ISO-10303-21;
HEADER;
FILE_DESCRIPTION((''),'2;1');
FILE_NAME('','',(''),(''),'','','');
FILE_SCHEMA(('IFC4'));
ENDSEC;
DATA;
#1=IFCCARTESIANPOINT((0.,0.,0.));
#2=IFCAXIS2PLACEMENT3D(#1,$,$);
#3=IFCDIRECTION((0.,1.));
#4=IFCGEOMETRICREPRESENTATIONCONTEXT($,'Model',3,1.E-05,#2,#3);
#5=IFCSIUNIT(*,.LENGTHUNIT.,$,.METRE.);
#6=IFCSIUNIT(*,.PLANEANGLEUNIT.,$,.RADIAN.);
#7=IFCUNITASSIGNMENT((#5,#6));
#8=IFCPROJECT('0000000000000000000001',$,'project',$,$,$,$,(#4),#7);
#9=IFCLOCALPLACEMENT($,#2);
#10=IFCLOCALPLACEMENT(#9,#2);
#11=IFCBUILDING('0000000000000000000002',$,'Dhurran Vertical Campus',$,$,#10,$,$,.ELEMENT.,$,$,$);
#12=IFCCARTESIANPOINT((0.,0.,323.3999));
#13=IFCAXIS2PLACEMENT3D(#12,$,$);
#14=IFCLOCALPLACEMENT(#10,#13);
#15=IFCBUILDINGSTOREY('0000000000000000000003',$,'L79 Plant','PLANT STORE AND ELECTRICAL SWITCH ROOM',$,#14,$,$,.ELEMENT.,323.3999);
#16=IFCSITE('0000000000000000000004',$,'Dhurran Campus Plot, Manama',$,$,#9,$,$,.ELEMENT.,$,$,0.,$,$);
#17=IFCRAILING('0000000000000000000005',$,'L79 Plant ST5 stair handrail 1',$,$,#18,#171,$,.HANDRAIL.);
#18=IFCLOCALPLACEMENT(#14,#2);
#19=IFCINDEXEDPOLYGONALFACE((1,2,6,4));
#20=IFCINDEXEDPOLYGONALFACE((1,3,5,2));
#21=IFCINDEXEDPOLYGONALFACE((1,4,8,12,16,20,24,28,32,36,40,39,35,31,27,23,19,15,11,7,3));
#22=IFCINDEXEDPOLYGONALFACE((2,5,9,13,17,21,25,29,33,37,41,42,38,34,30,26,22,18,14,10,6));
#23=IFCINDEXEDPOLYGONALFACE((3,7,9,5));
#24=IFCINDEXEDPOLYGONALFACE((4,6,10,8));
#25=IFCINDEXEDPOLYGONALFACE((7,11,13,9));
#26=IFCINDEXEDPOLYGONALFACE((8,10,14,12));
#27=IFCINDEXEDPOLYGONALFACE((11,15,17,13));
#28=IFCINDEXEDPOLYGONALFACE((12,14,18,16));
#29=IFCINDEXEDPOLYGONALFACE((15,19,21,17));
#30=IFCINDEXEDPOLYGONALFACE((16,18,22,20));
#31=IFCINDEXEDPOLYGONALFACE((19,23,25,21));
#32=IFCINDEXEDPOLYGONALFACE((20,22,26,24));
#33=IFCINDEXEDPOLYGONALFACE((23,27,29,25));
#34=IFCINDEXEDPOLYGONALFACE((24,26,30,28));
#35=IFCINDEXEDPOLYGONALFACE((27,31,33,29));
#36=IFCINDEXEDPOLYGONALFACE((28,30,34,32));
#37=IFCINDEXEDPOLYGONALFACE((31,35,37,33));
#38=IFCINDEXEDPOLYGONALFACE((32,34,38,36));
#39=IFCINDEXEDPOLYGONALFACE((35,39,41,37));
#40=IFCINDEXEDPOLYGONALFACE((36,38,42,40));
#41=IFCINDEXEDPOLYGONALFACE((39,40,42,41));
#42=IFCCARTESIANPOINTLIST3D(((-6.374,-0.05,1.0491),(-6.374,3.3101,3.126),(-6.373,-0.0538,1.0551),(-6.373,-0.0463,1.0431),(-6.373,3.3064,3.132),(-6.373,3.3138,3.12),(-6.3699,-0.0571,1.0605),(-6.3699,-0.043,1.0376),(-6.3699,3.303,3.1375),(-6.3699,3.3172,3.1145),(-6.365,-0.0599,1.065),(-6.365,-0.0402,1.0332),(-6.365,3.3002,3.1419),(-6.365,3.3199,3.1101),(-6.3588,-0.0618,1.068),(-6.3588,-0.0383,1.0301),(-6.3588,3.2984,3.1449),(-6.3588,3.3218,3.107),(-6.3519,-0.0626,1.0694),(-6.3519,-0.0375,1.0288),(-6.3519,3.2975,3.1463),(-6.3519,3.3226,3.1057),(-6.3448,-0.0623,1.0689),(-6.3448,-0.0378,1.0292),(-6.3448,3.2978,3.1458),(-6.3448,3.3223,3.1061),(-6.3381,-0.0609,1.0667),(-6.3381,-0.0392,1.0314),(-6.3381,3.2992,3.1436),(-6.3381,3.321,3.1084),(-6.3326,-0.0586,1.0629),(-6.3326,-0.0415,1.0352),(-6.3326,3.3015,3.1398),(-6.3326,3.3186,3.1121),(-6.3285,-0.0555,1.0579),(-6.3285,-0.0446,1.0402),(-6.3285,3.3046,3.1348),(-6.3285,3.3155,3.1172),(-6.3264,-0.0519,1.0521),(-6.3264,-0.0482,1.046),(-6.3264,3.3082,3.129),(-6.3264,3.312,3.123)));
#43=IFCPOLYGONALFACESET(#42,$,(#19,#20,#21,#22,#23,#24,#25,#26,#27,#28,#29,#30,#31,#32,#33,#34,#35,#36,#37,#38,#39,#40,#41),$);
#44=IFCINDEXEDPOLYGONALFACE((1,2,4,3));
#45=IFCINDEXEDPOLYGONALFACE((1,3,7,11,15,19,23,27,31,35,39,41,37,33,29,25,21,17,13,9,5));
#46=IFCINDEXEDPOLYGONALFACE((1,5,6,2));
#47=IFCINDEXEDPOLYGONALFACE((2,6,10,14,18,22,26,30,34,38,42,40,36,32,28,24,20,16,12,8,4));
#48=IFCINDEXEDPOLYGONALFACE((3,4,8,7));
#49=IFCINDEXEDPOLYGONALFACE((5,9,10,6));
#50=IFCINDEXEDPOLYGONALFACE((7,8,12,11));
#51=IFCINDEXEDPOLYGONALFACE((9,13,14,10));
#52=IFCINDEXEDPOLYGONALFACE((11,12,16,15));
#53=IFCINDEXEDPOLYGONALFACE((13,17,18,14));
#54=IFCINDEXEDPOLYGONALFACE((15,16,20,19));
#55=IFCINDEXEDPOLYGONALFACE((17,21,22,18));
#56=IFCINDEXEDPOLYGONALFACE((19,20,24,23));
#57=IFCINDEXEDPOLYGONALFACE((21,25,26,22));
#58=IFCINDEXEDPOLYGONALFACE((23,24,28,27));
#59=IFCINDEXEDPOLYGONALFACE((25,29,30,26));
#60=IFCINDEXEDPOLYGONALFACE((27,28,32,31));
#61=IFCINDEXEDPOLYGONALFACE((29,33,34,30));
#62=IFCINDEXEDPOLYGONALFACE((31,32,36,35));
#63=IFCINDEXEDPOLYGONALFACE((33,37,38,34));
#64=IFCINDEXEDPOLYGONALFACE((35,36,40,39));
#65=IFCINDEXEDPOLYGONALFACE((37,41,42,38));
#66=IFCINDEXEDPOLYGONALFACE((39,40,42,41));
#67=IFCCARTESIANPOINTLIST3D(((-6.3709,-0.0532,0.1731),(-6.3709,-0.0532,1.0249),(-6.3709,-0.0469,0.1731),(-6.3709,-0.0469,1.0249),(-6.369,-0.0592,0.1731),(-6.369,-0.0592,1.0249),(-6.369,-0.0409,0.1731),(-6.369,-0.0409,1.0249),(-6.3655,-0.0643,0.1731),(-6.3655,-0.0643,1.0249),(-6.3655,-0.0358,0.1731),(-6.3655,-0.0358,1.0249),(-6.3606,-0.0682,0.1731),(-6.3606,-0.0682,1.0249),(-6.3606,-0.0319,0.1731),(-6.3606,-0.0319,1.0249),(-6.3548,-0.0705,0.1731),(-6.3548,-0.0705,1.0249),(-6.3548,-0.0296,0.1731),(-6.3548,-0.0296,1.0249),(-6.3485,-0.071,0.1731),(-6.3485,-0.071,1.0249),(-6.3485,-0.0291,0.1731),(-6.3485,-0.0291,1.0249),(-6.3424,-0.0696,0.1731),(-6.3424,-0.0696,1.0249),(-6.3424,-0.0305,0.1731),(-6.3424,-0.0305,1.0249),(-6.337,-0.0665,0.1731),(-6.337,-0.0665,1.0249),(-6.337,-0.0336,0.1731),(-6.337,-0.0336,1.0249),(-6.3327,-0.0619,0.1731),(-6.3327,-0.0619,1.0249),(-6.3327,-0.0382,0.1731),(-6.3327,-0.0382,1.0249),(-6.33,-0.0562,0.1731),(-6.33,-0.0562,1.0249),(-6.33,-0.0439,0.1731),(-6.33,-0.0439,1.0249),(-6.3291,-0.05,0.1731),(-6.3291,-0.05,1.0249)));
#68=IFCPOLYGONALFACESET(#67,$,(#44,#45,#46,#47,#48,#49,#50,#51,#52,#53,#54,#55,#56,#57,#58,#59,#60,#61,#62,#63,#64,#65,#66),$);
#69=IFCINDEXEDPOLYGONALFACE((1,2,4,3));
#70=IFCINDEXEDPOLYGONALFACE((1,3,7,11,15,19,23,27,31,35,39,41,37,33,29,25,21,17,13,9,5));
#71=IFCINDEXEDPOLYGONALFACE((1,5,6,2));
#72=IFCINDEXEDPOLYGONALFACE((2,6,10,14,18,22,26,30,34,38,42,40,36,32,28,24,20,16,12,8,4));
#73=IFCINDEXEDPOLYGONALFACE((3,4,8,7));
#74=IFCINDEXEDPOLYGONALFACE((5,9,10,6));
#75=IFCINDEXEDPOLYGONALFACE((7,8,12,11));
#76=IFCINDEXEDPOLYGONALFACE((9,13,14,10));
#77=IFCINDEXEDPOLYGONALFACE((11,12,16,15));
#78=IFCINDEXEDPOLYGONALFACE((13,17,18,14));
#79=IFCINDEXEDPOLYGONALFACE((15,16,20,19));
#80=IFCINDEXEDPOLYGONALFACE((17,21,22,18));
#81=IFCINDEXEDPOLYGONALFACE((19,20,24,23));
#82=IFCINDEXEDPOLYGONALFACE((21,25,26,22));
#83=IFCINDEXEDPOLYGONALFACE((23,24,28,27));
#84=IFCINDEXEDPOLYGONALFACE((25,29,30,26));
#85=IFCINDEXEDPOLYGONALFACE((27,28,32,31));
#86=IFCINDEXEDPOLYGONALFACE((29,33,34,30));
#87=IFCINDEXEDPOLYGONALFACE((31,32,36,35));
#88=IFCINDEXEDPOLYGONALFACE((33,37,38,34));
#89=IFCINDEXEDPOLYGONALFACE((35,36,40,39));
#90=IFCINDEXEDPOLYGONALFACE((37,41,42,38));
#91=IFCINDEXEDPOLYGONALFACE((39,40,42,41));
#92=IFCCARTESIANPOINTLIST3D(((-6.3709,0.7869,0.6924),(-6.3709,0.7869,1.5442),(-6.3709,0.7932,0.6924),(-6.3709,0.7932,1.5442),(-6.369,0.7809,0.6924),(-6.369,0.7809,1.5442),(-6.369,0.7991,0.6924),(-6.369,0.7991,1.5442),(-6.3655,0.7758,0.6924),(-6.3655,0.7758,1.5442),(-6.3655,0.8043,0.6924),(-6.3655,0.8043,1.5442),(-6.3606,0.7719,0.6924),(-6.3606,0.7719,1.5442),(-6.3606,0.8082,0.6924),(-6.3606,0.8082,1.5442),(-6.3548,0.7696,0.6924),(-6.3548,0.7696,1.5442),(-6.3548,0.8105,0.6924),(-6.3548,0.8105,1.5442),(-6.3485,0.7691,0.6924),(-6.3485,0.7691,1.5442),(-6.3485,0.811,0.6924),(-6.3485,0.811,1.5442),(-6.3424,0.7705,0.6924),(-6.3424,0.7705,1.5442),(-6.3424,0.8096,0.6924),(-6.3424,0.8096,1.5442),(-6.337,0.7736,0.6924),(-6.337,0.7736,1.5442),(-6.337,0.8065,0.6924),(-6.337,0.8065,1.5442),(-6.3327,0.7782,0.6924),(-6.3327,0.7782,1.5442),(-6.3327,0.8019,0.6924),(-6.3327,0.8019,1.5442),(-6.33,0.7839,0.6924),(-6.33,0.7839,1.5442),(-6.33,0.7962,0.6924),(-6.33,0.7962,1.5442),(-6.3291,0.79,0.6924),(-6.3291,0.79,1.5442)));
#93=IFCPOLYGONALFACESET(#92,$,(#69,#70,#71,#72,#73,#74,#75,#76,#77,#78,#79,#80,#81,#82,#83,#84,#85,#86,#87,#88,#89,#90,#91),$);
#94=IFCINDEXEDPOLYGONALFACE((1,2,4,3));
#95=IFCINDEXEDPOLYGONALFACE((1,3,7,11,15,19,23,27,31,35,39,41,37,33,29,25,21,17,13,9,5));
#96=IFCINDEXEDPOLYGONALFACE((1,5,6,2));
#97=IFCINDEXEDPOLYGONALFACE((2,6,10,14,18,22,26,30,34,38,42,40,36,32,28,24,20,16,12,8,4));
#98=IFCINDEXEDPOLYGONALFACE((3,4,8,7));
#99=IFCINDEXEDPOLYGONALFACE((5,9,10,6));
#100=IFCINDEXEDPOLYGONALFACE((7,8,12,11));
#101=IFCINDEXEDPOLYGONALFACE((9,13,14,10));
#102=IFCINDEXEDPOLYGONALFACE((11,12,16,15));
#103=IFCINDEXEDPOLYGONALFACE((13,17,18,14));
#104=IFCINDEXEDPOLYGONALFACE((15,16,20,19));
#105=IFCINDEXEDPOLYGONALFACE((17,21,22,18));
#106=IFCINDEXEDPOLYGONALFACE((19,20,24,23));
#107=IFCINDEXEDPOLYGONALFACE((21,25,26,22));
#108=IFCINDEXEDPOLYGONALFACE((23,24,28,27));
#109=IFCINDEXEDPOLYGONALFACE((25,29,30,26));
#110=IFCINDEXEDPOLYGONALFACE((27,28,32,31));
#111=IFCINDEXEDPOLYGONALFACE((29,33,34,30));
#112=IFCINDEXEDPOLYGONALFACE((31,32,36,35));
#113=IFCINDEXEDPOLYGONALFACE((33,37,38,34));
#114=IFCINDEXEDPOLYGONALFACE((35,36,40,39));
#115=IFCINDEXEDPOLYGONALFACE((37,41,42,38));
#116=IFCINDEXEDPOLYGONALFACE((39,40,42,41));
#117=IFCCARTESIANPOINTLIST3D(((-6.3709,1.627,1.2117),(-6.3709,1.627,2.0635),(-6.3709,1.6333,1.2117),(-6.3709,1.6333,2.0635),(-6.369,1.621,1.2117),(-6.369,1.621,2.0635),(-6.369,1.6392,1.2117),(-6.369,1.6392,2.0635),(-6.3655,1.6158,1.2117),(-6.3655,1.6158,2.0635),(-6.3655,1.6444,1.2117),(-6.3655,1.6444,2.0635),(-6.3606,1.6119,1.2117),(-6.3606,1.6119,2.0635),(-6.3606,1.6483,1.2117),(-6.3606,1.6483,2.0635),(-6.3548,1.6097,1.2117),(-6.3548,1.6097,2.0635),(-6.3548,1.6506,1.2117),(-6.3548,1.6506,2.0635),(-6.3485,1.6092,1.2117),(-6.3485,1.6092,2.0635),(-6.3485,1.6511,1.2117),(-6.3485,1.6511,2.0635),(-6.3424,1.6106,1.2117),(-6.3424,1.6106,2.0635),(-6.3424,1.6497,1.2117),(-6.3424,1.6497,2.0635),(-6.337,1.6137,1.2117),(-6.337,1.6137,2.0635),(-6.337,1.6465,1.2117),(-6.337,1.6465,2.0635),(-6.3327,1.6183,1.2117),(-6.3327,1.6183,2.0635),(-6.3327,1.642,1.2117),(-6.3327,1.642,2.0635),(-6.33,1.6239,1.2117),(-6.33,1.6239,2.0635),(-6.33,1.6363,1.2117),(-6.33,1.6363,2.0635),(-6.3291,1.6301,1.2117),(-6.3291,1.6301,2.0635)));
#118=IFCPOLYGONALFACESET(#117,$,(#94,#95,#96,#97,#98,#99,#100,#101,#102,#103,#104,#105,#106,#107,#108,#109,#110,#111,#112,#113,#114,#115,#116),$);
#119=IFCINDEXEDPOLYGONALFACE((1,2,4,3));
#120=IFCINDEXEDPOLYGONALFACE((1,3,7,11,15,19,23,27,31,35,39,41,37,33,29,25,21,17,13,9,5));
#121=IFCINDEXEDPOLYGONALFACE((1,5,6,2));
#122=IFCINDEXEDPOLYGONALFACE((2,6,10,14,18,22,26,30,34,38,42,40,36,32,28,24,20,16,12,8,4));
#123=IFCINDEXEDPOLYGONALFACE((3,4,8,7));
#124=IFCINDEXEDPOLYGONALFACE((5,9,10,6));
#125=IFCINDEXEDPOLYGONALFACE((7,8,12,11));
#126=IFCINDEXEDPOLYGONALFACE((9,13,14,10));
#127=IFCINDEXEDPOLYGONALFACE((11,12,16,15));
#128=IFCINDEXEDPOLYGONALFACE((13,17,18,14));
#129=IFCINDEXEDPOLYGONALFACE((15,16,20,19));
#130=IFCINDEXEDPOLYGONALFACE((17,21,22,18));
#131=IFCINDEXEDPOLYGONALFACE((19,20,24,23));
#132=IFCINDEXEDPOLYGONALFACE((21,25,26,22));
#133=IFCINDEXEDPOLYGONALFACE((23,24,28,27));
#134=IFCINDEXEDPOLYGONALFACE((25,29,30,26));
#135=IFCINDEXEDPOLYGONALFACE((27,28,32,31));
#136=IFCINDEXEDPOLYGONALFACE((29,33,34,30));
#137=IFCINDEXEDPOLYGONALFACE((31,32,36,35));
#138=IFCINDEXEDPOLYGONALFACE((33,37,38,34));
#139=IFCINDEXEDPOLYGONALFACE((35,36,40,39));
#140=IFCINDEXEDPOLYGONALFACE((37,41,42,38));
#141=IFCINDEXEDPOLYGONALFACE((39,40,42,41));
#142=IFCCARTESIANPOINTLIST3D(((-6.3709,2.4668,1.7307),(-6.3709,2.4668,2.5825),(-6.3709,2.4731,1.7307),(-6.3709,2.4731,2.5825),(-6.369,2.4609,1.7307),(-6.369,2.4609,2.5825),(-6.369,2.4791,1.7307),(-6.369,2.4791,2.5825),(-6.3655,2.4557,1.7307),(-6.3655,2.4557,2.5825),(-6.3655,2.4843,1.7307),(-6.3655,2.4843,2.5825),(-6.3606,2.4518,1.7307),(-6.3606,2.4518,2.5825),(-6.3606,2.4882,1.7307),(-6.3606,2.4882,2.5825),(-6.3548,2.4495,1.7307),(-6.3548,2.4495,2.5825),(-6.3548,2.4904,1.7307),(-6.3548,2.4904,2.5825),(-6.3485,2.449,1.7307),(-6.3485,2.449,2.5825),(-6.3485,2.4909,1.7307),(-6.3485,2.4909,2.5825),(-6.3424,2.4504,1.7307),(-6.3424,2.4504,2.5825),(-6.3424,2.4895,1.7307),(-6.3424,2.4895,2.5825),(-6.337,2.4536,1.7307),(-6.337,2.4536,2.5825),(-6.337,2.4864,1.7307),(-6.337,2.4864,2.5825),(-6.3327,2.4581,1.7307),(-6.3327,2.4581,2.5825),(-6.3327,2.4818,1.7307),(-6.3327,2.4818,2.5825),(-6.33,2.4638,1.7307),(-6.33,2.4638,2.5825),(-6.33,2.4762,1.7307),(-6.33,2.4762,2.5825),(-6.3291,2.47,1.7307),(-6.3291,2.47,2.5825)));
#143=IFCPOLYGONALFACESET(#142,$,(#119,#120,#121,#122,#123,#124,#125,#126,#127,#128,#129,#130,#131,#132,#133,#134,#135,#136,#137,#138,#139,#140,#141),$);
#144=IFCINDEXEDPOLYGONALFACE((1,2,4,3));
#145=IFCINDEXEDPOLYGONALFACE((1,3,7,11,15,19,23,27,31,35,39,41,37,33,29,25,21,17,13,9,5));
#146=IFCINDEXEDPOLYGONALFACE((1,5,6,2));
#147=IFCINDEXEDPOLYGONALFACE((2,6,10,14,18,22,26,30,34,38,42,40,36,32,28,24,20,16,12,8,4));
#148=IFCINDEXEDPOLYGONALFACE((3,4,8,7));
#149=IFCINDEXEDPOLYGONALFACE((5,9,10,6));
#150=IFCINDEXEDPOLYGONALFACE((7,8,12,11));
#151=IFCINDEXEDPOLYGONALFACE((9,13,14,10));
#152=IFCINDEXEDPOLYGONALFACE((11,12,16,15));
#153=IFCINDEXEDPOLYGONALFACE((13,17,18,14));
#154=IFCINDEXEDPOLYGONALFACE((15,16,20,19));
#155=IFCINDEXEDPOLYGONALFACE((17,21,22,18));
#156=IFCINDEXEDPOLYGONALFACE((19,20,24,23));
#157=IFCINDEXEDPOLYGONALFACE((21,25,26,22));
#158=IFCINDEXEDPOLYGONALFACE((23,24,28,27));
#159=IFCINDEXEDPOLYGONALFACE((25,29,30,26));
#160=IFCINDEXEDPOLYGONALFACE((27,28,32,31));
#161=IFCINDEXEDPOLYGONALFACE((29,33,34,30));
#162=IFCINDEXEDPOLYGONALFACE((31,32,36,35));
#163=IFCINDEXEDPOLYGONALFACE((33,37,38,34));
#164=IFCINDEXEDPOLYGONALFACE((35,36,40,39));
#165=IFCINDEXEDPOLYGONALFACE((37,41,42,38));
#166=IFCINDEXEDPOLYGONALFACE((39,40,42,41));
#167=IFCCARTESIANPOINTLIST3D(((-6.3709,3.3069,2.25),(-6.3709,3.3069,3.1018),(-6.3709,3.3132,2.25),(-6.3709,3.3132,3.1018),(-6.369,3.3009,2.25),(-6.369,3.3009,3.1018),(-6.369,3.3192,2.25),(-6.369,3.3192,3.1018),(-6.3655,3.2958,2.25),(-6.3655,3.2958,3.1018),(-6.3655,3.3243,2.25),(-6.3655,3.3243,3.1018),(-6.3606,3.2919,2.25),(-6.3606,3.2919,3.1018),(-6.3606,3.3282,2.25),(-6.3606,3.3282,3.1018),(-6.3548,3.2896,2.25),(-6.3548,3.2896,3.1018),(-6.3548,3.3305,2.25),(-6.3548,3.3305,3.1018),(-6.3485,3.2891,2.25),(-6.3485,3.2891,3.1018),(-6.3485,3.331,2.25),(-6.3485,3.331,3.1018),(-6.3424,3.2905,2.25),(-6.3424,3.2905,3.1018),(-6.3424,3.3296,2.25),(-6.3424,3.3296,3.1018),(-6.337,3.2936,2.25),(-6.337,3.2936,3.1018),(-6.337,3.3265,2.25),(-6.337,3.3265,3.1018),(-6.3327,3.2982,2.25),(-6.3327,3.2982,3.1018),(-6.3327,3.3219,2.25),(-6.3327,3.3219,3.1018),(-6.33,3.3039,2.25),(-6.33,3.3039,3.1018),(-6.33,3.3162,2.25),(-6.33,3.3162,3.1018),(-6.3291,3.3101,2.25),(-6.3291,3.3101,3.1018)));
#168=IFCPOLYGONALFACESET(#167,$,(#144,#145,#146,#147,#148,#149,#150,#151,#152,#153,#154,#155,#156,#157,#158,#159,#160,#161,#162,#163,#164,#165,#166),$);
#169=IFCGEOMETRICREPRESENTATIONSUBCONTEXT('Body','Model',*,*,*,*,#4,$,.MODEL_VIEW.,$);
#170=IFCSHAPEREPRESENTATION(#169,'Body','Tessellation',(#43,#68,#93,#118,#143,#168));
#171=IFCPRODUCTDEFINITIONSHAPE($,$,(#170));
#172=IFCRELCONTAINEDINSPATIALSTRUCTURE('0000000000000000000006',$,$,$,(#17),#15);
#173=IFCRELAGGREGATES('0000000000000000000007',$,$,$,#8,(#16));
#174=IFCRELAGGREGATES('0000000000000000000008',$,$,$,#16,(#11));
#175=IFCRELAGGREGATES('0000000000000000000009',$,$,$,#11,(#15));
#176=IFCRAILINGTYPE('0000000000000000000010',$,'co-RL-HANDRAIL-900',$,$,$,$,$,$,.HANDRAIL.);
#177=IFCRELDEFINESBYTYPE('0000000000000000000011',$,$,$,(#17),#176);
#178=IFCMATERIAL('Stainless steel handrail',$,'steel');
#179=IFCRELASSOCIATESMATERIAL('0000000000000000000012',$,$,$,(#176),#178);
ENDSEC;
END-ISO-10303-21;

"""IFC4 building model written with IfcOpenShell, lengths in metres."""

from ifc_helpers import new_model, si_unit, direction, frame, origin, origin_2d, place, context, subcontext, project, spatial, circle, extrude, material, type_object, element, save


model = new_model("IFC4")

# Units and contexts
model_context = context("Model", 3, precision=1e-05, world=origin(), true_north=direction((0.0, 1.0)))
body_context = subcontext(model_context, "Body", "Model", "MODEL_VIEW")
ifc_project = project(units=[si_unit("LENGTHUNIT", "METRE"), si_unit("PLANEANGLEUNIT", "RADIAN")], contexts=[model_context])

# Site, building, storey
site_placement = place(None, origin())
site = spatial("IfcSite", under=ifc_project, at=site_placement, Name="Dhurran Campus Plot, Manama", CompositionType="ELEMENT", RefElevation=0.0)
building_placement = place(site_placement, origin())
building = spatial("IfcBuilding", under=site, at=building_placement, Name="Dhurran Vertical Campus", CompositionType="ELEMENT")
storey_placement = place(building_placement, frame((0.0, 0.0, 323.3999)))
storey = spatial("IfcBuildingStorey", under=building, at=storey_placement, Name="L79 Plant", Description="PLANT STORE AND ELECTRICAL SWITCH ROOM", CompositionType="ELEMENT", Elevation=323.3999)

# Railing
ifc_material_1 = material(Name="Stainless steel handrail", Category="steel")
railing_type_1 = type_object("IfcRailingType", Name="co-RL-HANDRAIL-900", PredefinedType="HANDRAIL", material=ifc_material_1)
railing_1_placement = place(storey_placement, frame((-6.3501, -0.05, 0.1731)))
element("IfcRailing", 1, at=railing_1_placement, inside=storey, type_object=railing_type_1, Name="L79 Plant ST5 stair handrail 1", PredefinedType="HANDRAIL", context=body_context, shape_type="SweptSolid", body=[
    extrude(circle(Radius=0.0239, at=origin_2d()), frame((0.0, 0.0, 0.876), z_axis=(0.0, 0.850623, 0.525776), x_axis=(-1.0, 0.0, 0.0)), (0.0, 0.0, 1.0), 3.9502),
    extrude(circle(Radius=0.021, at=origin_2d()), origin(), (0.0, 0.0, 1.0), 0.8518),
    extrude(circle(Radius=0.021, at=origin_2d()), frame((0.0, 0.8401, 0.5193)), (0.0, 0.0, 1.0), 0.8518),
    extrude(circle(Radius=0.021, at=origin_2d()), frame((0.0, 1.6802, 1.0386)), (0.0, 0.0, 1.0), 0.8518),
    extrude(circle(Radius=0.021, at=origin_2d()), frame((0.0, 2.52, 1.5576)), (0.0, 0.0, 1.0), 0.8518),
    extrude(circle(Radius=0.021, at=origin_2d()), frame((0.0, 3.3601, 2.0769)), (0.0, 0.0, 1.0), 0.8518),
])

save(model, "model.ifc")
